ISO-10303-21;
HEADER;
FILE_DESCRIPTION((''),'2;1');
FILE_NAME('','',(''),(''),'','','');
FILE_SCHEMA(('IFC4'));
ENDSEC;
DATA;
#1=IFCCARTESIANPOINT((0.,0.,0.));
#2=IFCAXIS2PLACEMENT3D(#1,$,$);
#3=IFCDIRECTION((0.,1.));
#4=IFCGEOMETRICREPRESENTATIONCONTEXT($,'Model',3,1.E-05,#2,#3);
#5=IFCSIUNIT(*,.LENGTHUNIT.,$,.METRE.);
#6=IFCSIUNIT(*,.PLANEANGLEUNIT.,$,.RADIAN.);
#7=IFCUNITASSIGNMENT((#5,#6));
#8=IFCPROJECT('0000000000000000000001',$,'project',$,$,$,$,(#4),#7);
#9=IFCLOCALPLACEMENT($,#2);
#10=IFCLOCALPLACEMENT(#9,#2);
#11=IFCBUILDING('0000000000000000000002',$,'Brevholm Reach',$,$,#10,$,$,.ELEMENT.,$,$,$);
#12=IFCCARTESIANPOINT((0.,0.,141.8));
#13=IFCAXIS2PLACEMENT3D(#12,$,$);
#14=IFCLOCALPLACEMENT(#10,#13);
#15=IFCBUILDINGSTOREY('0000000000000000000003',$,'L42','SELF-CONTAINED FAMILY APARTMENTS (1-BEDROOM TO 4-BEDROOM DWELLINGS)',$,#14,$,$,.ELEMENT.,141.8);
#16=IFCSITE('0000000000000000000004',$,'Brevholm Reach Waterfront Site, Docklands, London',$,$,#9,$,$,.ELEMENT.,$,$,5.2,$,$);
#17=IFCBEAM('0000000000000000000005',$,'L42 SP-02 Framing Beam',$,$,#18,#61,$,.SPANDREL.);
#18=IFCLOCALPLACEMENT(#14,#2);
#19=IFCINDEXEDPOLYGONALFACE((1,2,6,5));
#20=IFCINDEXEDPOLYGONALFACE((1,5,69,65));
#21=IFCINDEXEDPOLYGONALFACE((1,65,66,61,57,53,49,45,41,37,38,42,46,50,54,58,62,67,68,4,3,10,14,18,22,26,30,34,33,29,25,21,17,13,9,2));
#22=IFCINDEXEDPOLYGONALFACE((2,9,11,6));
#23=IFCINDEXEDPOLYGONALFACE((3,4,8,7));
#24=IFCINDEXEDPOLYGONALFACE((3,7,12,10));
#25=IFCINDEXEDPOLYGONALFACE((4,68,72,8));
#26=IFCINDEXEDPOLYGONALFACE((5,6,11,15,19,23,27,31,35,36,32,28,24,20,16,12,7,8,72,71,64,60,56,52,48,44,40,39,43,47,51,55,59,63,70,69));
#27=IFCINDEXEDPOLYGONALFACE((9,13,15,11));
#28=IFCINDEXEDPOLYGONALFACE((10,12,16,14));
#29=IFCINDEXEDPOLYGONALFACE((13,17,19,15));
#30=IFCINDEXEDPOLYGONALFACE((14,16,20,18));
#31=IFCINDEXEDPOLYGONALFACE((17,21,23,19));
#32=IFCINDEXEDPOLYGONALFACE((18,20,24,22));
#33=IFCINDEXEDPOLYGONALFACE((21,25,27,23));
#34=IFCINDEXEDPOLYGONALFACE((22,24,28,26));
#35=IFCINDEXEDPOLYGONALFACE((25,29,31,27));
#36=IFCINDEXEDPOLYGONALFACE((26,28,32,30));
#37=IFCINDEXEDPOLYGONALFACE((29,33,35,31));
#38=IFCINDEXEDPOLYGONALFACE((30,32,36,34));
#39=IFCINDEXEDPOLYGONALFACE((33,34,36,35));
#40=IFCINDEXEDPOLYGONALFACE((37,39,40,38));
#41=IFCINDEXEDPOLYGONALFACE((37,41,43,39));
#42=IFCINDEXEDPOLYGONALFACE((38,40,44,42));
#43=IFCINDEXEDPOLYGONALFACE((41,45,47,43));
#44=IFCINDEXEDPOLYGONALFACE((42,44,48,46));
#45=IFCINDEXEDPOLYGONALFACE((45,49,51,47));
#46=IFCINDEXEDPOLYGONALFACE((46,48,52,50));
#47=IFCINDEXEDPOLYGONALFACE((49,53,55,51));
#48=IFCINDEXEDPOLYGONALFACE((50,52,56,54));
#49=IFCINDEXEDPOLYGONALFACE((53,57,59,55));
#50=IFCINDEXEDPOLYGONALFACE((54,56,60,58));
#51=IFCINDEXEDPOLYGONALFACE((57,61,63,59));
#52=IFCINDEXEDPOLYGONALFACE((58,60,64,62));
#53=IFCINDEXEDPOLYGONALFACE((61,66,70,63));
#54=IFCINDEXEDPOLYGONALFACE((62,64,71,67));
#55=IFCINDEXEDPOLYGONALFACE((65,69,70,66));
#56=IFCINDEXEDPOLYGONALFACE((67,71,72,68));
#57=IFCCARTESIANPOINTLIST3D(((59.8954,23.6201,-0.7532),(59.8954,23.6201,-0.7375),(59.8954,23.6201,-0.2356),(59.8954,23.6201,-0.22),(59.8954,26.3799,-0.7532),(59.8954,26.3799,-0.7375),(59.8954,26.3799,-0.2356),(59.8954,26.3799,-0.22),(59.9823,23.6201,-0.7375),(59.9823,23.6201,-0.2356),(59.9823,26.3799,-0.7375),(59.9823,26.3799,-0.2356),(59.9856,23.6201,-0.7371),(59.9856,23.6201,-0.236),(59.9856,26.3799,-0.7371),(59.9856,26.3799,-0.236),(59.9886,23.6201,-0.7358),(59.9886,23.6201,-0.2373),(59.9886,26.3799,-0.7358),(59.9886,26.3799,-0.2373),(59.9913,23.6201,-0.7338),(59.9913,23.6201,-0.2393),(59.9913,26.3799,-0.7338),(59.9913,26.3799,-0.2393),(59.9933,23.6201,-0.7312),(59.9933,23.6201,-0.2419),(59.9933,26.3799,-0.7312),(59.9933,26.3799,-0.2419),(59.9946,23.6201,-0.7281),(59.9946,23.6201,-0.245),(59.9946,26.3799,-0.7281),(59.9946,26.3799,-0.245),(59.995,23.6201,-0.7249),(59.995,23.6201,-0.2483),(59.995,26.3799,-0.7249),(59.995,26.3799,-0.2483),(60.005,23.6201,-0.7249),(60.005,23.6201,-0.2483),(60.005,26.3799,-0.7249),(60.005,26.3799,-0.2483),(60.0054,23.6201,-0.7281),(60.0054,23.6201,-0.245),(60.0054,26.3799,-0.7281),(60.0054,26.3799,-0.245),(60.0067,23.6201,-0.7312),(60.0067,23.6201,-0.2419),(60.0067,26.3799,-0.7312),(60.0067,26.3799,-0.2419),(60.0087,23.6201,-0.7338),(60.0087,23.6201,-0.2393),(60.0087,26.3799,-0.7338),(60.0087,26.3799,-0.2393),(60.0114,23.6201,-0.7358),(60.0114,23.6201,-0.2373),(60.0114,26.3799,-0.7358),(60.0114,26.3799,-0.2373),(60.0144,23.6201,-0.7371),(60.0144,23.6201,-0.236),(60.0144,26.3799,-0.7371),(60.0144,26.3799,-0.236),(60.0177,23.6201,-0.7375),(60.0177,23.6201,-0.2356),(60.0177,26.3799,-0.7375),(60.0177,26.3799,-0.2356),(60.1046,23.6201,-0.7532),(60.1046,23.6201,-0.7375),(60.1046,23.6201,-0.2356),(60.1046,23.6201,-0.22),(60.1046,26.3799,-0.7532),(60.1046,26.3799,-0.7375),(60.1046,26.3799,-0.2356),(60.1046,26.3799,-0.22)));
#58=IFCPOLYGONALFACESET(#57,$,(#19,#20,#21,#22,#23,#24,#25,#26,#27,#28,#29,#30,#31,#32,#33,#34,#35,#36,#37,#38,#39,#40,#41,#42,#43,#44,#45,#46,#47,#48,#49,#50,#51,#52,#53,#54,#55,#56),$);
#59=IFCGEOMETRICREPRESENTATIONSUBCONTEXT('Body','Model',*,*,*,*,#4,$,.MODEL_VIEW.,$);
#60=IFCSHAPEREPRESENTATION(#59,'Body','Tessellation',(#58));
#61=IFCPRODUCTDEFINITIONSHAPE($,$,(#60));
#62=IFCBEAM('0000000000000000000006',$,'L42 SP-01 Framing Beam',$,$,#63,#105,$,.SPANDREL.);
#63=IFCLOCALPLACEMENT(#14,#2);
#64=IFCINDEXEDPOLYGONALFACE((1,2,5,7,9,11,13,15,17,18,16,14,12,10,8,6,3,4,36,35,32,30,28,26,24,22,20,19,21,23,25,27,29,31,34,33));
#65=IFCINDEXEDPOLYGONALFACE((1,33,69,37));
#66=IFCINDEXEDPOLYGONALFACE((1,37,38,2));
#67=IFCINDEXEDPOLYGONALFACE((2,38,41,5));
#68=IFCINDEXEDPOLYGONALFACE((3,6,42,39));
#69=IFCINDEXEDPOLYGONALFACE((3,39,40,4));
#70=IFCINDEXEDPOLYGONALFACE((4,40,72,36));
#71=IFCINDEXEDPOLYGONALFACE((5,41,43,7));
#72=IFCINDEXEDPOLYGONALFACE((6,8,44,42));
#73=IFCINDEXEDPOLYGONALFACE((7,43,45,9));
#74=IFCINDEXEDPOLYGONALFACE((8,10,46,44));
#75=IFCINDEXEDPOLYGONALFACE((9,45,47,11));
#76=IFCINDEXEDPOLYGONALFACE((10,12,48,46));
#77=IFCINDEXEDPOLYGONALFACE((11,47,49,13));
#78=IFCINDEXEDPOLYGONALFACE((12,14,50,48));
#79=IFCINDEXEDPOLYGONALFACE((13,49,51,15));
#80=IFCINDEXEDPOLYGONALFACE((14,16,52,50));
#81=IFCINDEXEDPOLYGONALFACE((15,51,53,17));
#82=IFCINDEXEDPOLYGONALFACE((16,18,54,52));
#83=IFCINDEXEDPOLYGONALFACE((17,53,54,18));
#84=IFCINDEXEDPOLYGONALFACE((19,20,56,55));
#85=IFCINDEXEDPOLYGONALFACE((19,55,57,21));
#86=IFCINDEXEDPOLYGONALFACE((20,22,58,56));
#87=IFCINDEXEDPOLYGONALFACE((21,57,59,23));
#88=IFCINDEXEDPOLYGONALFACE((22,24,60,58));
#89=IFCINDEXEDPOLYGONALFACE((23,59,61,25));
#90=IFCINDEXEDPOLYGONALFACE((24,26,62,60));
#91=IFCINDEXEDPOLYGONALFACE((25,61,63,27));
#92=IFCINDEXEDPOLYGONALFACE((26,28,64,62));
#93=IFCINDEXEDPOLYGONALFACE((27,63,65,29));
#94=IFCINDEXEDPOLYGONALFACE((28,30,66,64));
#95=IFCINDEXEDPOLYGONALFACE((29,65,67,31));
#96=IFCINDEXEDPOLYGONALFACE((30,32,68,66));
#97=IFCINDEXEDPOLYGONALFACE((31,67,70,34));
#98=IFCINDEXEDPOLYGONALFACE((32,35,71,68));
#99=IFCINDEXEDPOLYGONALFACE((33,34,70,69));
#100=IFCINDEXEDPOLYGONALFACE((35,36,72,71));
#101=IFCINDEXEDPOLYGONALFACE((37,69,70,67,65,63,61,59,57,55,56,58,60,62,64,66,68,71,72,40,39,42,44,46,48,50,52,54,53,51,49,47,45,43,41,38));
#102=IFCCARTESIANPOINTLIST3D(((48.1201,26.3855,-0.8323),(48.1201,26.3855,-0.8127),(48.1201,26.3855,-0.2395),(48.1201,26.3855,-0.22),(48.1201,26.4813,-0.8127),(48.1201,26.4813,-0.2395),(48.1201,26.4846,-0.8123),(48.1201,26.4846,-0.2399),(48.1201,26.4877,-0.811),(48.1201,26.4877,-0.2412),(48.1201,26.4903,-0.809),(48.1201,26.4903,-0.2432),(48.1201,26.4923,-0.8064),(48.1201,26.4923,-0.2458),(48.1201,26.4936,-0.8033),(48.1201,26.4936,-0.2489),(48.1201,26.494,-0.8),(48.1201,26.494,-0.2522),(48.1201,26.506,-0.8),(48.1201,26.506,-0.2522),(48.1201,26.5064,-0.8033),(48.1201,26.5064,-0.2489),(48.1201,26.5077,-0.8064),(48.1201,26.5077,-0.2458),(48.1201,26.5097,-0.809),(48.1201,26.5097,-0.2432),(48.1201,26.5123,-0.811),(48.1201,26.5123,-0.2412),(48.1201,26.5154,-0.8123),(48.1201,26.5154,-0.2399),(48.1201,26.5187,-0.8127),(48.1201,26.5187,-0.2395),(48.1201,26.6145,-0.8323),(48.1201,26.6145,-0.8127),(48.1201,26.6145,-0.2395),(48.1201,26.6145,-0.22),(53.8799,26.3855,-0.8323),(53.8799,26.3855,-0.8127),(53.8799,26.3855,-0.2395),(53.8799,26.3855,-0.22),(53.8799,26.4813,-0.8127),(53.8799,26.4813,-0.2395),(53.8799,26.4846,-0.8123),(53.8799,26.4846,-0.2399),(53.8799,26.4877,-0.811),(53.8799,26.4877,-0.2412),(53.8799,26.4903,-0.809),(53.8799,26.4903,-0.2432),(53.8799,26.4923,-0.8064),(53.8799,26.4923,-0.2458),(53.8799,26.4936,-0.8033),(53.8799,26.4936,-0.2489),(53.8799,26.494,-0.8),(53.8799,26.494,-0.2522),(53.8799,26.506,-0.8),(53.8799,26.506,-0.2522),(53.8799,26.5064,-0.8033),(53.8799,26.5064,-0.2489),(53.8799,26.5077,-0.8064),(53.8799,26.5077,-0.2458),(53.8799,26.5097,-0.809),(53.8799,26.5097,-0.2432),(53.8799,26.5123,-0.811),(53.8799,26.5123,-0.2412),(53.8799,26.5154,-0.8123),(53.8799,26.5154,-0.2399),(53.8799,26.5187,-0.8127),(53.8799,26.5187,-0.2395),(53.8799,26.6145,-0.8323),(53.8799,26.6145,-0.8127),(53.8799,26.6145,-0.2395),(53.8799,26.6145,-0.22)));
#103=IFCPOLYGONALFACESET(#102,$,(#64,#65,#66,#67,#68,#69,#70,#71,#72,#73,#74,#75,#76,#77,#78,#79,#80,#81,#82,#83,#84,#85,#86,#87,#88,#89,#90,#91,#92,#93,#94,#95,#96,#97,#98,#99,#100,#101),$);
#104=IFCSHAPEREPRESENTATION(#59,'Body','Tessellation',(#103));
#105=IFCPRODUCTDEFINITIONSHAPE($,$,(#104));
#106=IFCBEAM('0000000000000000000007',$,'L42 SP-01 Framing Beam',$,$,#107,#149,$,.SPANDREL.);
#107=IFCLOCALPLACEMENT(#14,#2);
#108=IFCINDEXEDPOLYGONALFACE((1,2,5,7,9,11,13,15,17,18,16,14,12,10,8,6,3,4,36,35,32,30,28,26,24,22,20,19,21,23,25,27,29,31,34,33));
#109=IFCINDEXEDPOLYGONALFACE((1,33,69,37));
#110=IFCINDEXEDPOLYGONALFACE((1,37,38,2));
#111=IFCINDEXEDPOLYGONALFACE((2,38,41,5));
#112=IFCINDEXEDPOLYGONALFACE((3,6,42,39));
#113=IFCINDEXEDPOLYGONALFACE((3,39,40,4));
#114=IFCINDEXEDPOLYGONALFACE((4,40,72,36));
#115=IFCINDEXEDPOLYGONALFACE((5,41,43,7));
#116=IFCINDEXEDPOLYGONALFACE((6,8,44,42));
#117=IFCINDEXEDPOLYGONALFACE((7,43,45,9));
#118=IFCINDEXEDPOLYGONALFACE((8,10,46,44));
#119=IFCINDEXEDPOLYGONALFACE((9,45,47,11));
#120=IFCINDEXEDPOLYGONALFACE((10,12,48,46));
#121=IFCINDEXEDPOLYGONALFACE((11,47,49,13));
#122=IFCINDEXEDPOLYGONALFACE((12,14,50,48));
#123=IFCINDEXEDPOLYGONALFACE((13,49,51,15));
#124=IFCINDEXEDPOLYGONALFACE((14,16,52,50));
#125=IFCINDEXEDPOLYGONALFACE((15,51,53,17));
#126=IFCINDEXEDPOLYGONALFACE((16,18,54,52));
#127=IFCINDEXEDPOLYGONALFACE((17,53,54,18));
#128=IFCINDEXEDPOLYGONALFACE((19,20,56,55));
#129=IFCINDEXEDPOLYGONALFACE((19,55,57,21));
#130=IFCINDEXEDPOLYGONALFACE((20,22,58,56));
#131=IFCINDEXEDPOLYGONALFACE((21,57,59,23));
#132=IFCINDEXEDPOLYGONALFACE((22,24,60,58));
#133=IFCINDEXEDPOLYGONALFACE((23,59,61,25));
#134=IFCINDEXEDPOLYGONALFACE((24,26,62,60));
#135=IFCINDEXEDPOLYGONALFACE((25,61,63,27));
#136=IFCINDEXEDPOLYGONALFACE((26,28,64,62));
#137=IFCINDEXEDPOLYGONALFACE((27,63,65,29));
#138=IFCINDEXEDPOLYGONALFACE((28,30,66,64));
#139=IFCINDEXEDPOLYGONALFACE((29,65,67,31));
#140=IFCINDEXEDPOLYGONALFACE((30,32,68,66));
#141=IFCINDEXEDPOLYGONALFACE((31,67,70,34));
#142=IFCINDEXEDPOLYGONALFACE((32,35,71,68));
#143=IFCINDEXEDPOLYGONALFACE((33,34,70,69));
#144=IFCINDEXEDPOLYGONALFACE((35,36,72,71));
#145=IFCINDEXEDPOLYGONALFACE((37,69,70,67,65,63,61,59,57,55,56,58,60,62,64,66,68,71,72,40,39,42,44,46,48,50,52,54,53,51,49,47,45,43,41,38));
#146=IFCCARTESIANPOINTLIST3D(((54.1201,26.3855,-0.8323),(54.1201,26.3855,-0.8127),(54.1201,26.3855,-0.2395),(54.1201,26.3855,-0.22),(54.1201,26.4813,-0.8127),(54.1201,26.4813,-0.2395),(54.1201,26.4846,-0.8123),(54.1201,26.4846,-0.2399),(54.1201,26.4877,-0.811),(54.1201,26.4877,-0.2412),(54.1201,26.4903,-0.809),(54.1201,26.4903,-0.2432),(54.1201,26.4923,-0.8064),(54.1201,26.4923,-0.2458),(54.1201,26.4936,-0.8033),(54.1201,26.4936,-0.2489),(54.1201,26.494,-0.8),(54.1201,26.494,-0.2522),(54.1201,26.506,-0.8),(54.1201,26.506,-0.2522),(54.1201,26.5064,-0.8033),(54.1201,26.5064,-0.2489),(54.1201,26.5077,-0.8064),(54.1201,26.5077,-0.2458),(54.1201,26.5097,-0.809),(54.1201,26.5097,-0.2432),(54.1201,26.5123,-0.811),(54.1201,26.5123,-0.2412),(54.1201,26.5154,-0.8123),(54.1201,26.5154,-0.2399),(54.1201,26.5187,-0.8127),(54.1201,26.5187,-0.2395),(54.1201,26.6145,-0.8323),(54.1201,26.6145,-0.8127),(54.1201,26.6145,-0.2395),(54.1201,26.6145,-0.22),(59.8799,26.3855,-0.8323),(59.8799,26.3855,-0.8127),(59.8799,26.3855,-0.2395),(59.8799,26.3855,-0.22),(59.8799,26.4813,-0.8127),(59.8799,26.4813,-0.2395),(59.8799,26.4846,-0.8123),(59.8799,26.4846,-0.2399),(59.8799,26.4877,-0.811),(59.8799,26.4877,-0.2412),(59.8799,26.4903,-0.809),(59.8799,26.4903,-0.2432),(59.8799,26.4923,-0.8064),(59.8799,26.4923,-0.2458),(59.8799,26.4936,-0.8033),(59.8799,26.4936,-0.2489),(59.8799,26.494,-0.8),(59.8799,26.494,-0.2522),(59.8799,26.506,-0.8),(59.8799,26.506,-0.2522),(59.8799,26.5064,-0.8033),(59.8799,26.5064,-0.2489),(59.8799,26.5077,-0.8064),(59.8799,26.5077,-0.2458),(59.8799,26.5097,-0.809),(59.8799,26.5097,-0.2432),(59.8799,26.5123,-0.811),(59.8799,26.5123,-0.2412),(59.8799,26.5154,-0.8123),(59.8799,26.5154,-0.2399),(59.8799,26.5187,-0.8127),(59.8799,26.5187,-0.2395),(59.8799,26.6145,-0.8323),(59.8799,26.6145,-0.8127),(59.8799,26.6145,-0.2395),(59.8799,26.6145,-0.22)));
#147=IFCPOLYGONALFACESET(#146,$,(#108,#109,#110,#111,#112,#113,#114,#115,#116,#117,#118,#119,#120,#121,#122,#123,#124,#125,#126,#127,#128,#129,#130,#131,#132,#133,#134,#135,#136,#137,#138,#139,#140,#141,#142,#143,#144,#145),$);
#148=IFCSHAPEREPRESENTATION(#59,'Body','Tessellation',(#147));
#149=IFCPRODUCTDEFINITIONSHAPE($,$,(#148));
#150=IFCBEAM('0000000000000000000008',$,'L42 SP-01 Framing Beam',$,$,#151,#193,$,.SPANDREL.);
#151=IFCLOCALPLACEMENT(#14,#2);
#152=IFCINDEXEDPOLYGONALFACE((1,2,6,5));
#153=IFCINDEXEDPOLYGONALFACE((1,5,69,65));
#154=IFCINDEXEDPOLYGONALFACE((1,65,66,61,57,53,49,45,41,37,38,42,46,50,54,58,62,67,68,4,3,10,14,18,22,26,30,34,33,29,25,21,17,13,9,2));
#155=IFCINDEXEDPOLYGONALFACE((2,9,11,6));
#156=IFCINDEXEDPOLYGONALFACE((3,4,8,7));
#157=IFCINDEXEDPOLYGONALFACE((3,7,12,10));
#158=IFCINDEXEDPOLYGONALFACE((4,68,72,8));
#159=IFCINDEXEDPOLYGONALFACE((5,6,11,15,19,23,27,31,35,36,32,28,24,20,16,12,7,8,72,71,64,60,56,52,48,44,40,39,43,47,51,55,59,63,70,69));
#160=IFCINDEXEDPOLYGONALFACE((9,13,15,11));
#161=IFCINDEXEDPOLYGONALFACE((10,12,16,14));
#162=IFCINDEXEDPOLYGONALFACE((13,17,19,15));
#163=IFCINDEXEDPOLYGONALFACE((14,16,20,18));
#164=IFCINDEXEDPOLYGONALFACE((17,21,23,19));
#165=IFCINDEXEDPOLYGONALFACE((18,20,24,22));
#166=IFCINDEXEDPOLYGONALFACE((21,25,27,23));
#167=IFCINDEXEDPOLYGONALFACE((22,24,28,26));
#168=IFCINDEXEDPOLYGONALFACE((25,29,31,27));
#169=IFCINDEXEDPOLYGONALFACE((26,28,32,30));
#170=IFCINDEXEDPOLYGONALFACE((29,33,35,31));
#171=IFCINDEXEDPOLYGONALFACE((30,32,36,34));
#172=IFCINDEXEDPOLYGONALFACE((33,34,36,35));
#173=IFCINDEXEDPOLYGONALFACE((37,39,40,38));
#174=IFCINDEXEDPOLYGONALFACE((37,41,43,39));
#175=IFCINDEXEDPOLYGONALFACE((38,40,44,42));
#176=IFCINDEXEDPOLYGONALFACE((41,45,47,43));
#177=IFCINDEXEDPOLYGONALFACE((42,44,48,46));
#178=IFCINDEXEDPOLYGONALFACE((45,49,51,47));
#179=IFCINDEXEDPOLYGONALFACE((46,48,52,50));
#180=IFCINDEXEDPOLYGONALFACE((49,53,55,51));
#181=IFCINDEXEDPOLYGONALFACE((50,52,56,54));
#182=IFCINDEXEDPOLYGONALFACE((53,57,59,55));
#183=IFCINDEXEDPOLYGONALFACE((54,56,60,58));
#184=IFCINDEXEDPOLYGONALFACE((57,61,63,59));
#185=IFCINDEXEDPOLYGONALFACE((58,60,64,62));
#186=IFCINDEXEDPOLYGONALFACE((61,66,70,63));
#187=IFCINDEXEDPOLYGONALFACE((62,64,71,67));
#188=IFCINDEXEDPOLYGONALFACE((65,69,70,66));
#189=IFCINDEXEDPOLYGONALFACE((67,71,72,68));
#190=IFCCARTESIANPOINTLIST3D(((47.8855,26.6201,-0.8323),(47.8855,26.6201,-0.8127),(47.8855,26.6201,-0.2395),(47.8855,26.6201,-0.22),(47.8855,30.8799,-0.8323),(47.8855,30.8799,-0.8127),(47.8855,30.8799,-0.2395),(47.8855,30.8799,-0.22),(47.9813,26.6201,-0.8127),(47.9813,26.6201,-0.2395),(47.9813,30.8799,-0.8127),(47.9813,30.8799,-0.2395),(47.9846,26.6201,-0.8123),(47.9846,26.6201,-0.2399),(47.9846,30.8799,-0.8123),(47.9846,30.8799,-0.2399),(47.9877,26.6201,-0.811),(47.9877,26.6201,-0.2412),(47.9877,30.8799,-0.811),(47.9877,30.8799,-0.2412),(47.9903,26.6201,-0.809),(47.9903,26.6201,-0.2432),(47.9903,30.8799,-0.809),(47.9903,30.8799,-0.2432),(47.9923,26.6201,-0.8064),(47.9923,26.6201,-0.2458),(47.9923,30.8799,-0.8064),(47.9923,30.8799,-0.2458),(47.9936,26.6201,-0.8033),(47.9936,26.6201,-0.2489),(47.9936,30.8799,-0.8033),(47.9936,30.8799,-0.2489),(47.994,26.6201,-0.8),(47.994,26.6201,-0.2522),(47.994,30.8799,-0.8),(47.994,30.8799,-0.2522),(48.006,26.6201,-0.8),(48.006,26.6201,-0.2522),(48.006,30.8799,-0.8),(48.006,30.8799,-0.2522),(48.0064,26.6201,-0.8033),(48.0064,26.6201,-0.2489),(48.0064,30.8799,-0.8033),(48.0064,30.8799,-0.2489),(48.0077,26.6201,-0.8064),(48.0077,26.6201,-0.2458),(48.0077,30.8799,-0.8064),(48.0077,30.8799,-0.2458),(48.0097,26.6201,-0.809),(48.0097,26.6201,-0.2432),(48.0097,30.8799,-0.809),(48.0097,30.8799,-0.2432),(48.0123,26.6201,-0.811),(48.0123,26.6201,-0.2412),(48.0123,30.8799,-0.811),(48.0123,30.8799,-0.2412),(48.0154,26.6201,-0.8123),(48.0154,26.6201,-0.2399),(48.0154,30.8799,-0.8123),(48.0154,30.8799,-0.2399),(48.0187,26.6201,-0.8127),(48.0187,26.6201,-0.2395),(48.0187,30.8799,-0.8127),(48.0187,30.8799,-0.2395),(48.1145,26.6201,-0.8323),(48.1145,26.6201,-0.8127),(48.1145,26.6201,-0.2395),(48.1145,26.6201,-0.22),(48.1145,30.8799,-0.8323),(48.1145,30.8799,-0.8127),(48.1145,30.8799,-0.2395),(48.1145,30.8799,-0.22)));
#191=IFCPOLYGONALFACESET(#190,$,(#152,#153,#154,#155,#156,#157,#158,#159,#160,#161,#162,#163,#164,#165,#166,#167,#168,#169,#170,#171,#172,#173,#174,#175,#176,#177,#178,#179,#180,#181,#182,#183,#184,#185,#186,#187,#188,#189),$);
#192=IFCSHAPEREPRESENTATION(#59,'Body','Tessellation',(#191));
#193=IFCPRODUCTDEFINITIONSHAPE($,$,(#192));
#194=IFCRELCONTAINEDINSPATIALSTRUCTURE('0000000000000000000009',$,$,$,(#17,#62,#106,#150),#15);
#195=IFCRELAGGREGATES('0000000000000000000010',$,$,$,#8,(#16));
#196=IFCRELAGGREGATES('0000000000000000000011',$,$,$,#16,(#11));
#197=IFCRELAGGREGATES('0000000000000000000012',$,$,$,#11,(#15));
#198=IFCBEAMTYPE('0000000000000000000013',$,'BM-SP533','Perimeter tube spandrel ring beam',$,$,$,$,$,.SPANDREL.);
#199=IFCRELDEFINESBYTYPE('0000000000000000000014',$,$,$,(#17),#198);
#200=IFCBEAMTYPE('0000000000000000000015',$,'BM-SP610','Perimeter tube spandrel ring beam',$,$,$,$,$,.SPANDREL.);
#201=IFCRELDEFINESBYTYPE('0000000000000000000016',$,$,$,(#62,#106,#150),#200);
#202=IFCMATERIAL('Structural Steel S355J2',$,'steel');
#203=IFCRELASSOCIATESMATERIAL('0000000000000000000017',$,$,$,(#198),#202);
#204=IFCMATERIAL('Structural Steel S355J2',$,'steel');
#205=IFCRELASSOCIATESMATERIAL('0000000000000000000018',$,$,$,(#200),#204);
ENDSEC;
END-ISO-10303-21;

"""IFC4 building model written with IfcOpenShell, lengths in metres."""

from ifc_helpers import new_model, si_unit, direction, frame, origin, origin_2d, place, context, subcontext, project, spatial, i_section, extrude, material, material_profile, profile_set, type_object, element, save


model = new_model("IFC4")

# Units and contexts
model_context = context("Model", 3, precision=1e-05, world=origin(), true_north=direction((0.0, 1.0)))
body_context = subcontext(model_context, "Body", "Model", "MODEL_VIEW")
ifc_project = project(units=[si_unit("LENGTHUNIT", "METRE"), si_unit("PLANEANGLEUNIT", "RADIAN")], contexts=[model_context])

# Site, building, storey
site_placement = place(None, origin())
site = spatial("IfcSite", under=ifc_project, at=site_placement, Name="Brevholm Reach Waterfront Site, Docklands, London", CompositionType="ELEMENT", RefElevation=5.2)
building_placement = place(site_placement, origin())
building = spatial("IfcBuilding", under=site, at=building_placement, Name="Brevholm Reach", CompositionType="ELEMENT")
storey_placement = place(building_placement, frame((0.0, 0.0, 141.8)))
storey = spatial("IfcBuildingStorey", under=building, at=storey_placement, Name="L42", Description="SELF-CONTAINED FAMILY APARTMENTS (1-BEDROOM TO 4-BEDROOM DWELLINGS)", CompositionType="ELEMENT", Elevation=141.8)

# Beams
ifc_material_1 = material(Name="Structural Steel S355J2", Category="steel")
ifc_material_profile_1 = material_profile(ifc_material_1, i_section(OverallWidth=0.2092, OverallDepth=0.5332, WebThickness=0.01, FlangeThickness=0.0156, FilletRadius=0.0127, at=origin_2d()), Name="UKB 533x210x92")
ifc_profile_set_1 = profile_set([ifc_material_profile_1], Name="Structural Steel S355J2")
beam_type_1 = type_object("IfcBeamType", Name="BM-SP533", Description="Perimeter tube spandrel ring beam", PredefinedType="SPANDREL", material=ifc_profile_set_1)
beam_1_placement = place(storey_placement, frame((60.0, 23.6201, -0.4866), z_axis=(0.0, 1.0, 0.0), x_axis=(-1.0, 0.0, 0.0)))
element("IfcBeam", 1, at=beam_1_placement, inside=storey, type_object=beam_type_1, Name="L42 SP-02 Framing Beam", PredefinedType="SPANDREL", context=body_context, shape_type="SweptSolid", body=[
    extrude(i_section(OverallWidth=0.2092, OverallDepth=0.5332, WebThickness=0.01, FlangeThickness=0.0156, FilletRadius=0.0127, at=origin_2d()), origin(), (0.0, 0.0, 1.0), 2.7598),
])
ifc_material_2 = material(Name="Structural Steel S355J2", Category="steel")
ifc_material_profile_2 = material_profile(ifc_material_2, i_section(OverallWidth=0.229, OverallDepth=0.6123, WebThickness=0.012, FlangeThickness=0.0195, FilletRadius=0.0127, at=origin_2d()), Name="UKB 610x229x125")
ifc_profile_set_2 = profile_set([ifc_material_profile_2], Name="Structural Steel S355J2")
beam_type_2 = type_object("IfcBeamType", Name="BM-SP610", Description="Perimeter tube spandrel ring beam", PredefinedType="SPANDREL", material=ifc_profile_set_2)
for number, where, z_axis, x_axis, name in (
    (2, (48.1201, 26.5, -0.5261), (1.0, 0.0, 0.0), (0.0, 1.0, 0.0), "L42 SP-01 Framing Beam"),
    (3, (54.1201, 26.5, -0.5261), (1.0, 0.0, 0.0), (0.0, 1.0, 0.0), "L42 SP-01 Framing Beam"),
):
    element("IfcBeam", number, at=place(storey_placement, frame(where, z_axis=z_axis, x_axis=x_axis)), inside=storey, type_object=beam_type_2, Name=name, PredefinedType="SPANDREL", context=body_context, shape_type="SweptSolid", body=[
        extrude(i_section(OverallWidth=0.229, OverallDepth=0.6123, WebThickness=0.012, FlangeThickness=0.0195, FilletRadius=0.0127, at=origin_2d()), origin(), (0.0, 0.0, 1.0), 5.7598),
    ])
beam_2_placement = place(storey_placement, frame((48.0, 26.6201, -0.5261), z_axis=(0.0, 1.0, 0.0), x_axis=(-1.0, 0.0, 0.0)))
element("IfcBeam", 4, at=beam_2_placement, inside=storey, type_object=beam_type_2, Name="L42 SP-01 Framing Beam", PredefinedType="SPANDREL", context=body_context, shape_type="SweptSolid", body=[
    extrude(i_section(OverallWidth=0.229, OverallDepth=0.6123, WebThickness=0.012, FlangeThickness=0.0195, FilletRadius=0.0127, at=origin_2d()), origin(), (0.0, 0.0, 1.0), 4.2598),
])

save(model, "model.ifc")
